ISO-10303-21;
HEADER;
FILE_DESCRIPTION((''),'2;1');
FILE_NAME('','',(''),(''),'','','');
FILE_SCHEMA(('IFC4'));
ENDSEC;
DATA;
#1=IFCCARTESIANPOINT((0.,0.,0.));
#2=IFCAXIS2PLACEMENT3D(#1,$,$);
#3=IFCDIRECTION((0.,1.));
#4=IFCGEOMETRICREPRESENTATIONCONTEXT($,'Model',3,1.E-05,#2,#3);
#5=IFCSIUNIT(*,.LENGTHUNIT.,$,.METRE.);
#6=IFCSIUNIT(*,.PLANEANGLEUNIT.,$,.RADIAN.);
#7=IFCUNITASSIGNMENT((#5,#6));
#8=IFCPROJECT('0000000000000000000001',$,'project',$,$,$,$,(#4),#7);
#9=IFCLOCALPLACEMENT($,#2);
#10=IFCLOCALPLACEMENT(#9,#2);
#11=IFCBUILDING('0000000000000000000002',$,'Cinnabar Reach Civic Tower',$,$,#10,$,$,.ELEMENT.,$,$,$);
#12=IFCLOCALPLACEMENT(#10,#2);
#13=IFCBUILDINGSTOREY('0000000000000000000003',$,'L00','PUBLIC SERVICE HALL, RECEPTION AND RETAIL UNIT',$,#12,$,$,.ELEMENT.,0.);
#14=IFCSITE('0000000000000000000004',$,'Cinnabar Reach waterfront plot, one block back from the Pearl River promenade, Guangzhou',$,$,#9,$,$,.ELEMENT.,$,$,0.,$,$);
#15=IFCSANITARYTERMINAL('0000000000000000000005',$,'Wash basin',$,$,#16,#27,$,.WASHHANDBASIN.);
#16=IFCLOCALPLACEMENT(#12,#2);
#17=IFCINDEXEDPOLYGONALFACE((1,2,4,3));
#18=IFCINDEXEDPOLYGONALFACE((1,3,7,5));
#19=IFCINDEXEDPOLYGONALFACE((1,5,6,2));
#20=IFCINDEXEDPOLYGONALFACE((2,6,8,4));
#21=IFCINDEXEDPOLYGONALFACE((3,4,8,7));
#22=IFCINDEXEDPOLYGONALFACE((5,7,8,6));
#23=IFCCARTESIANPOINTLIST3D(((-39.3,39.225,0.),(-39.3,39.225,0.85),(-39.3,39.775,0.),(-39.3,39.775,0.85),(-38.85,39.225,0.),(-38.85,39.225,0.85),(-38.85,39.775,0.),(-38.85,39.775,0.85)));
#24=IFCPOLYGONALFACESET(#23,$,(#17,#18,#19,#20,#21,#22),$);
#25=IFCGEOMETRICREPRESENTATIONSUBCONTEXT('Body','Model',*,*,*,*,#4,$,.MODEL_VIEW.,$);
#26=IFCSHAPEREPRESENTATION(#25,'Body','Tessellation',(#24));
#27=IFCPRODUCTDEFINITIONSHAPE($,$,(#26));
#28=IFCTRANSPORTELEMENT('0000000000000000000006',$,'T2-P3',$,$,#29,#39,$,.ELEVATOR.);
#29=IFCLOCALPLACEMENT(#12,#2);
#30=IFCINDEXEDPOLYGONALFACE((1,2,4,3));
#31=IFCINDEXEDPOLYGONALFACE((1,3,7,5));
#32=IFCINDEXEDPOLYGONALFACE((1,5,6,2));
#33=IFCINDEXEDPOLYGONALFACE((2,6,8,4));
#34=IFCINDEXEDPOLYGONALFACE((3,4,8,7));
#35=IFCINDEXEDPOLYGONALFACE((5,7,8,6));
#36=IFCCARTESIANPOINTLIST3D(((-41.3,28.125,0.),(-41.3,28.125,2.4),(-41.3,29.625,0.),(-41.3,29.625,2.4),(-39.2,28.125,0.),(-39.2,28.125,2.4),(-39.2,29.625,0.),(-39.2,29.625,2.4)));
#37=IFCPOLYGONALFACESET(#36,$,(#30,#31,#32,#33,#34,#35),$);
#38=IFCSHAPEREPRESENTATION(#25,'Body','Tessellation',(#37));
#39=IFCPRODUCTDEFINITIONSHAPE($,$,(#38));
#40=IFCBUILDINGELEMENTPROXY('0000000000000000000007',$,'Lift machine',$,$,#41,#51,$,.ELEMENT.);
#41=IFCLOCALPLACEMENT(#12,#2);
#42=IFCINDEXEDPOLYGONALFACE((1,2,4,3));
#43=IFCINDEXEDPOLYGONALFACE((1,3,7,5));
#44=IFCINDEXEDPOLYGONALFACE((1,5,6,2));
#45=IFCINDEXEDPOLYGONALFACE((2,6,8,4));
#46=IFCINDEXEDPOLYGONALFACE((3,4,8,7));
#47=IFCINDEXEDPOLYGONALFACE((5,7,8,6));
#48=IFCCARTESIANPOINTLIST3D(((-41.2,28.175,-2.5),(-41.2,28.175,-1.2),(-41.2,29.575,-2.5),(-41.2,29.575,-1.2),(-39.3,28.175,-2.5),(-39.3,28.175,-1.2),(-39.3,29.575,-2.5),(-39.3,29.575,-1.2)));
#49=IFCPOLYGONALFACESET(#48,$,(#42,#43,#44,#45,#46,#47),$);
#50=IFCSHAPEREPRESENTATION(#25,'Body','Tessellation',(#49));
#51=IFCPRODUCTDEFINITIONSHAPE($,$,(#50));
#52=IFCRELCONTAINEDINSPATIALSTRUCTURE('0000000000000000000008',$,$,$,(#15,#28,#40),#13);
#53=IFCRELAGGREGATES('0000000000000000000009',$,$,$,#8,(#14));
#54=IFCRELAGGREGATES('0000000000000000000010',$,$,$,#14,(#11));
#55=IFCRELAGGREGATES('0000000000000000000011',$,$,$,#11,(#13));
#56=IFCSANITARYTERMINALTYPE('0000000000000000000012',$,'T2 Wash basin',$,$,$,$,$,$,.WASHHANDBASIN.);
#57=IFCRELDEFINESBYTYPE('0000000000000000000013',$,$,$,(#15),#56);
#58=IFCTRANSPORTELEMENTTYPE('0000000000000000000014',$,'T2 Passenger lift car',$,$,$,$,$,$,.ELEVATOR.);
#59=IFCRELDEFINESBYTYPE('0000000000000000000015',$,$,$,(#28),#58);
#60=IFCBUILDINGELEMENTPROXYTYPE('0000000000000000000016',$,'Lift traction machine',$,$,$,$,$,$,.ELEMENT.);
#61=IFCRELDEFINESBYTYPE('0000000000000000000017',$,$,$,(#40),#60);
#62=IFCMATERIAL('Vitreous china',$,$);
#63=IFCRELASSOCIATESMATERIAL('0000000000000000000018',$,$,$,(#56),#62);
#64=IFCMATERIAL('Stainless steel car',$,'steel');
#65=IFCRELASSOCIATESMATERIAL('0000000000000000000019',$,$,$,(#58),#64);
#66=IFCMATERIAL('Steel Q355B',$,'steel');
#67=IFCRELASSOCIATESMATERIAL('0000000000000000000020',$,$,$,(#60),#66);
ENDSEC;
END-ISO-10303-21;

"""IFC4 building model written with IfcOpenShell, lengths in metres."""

from ifc_helpers import new_model, si_unit, direction, frame, origin, origin_2d, place, context, subcontext, project, spatial, rectangle, extrude, material, type_object, element, save


model = new_model("IFC4")

# Units and contexts
model_context = context("Model", 3, precision=1e-05, world=origin(), true_north=direction((0.0, 1.0)))
body_context = subcontext(model_context, "Body", "Model", "MODEL_VIEW")
ifc_project = project(units=[si_unit("LENGTHUNIT", "METRE"), si_unit("PLANEANGLEUNIT", "RADIAN")], contexts=[model_context])

# Site, building, storey
site_placement = place(None, origin())
site = spatial("IfcSite", under=ifc_project, at=site_placement, Name="Cinnabar Reach waterfront plot, one block back from the Pearl River promenade, Guangzhou", CompositionType="ELEMENT", RefElevation=0.0)
building_placement = place(site_placement, origin())
building = spatial("IfcBuilding", under=site, at=building_placement, Name="Cinnabar Reach Civic Tower", CompositionType="ELEMENT")
storey_placement = place(building_placement, origin())
storey = spatial("IfcBuildingStorey", under=building, at=storey_placement, Name="L00", Description="PUBLIC SERVICE HALL, RECEPTION AND RETAIL UNIT", CompositionType="ELEMENT", Elevation=0.0)

# Shared definitions
ifc_material_1 = material(Name="Steel Q355B", Category="steel")

# Sanitary terminal
ifc_material_2 = material(Name="Vitreous china")
sanitary_terminal_type_1 = type_object("IfcSanitaryTerminalType", Name="T2 Wash basin", PredefinedType="WASHHANDBASIN", material=ifc_material_2)
sanitary_terminal_1_placement = place(storey_placement, frame((-39.075, 39.5, 0.0), z_axis=(0.0, 0.0, 1.0), x_axis=(1.0, 0.0, 0.0)))
element("IfcSanitaryTerminal", 1, at=sanitary_terminal_1_placement, inside=storey, type_object=sanitary_terminal_type_1, Name="Wash basin", PredefinedType="WASHHANDBASIN", context=body_context, shape_type="SweptSolid", body=[
    extrude(rectangle(XDim=0.45, YDim=0.55, at=origin_2d()), origin(), (0.0, 0.0, 1.0), 0.85),
])

# Transport element
ifc_material_3 = material(Name="Stainless steel car", Category="steel")
transport_element_type = type_object("IfcTransportElementType", Name="T2 Passenger lift car", PredefinedType="ELEVATOR", material=ifc_material_3)
transport_element_placement = place(storey_placement, frame((-40.25, 28.875, 0.0), z_axis=(0.0, 0.0, 1.0), x_axis=(1.0, 0.0, 0.0)))
element("IfcTransportElement", 2, at=transport_element_placement, inside=storey, type_object=transport_element_type, Name="T2-P3", PredefinedType="ELEVATOR", context=body_context, shape_type="SweptSolid", body=[
    extrude(rectangle(XDim=2.1, YDim=1.5, at=origin_2d()), origin(), (0.0, 0.0, 1.0), 2.4),
])

# Building element proxy
building_element_proxy_type = type_object("IfcBuildingElementProxyType", Name="Lift traction machine", PredefinedType="ELEMENT", material=ifc_material_1)
proxy_placement = place(storey_placement, frame((-40.25, 28.875, -2.5), z_axis=(0.0, 0.0, 1.0), x_axis=(1.0, 0.0, 0.0)))
element("IfcBuildingElementProxy", 3, at=proxy_placement, inside=storey, type_object=building_element_proxy_type, Name="Lift machine", PredefinedType="ELEMENT", context=body_context, shape_type="SweptSolid", body=[
    extrude(rectangle(XDim=1.9, YDim=1.4, at=origin_2d()), origin(), (0.0, 0.0, 1.0), 1.3),
])

save(model, "model.ifc")
